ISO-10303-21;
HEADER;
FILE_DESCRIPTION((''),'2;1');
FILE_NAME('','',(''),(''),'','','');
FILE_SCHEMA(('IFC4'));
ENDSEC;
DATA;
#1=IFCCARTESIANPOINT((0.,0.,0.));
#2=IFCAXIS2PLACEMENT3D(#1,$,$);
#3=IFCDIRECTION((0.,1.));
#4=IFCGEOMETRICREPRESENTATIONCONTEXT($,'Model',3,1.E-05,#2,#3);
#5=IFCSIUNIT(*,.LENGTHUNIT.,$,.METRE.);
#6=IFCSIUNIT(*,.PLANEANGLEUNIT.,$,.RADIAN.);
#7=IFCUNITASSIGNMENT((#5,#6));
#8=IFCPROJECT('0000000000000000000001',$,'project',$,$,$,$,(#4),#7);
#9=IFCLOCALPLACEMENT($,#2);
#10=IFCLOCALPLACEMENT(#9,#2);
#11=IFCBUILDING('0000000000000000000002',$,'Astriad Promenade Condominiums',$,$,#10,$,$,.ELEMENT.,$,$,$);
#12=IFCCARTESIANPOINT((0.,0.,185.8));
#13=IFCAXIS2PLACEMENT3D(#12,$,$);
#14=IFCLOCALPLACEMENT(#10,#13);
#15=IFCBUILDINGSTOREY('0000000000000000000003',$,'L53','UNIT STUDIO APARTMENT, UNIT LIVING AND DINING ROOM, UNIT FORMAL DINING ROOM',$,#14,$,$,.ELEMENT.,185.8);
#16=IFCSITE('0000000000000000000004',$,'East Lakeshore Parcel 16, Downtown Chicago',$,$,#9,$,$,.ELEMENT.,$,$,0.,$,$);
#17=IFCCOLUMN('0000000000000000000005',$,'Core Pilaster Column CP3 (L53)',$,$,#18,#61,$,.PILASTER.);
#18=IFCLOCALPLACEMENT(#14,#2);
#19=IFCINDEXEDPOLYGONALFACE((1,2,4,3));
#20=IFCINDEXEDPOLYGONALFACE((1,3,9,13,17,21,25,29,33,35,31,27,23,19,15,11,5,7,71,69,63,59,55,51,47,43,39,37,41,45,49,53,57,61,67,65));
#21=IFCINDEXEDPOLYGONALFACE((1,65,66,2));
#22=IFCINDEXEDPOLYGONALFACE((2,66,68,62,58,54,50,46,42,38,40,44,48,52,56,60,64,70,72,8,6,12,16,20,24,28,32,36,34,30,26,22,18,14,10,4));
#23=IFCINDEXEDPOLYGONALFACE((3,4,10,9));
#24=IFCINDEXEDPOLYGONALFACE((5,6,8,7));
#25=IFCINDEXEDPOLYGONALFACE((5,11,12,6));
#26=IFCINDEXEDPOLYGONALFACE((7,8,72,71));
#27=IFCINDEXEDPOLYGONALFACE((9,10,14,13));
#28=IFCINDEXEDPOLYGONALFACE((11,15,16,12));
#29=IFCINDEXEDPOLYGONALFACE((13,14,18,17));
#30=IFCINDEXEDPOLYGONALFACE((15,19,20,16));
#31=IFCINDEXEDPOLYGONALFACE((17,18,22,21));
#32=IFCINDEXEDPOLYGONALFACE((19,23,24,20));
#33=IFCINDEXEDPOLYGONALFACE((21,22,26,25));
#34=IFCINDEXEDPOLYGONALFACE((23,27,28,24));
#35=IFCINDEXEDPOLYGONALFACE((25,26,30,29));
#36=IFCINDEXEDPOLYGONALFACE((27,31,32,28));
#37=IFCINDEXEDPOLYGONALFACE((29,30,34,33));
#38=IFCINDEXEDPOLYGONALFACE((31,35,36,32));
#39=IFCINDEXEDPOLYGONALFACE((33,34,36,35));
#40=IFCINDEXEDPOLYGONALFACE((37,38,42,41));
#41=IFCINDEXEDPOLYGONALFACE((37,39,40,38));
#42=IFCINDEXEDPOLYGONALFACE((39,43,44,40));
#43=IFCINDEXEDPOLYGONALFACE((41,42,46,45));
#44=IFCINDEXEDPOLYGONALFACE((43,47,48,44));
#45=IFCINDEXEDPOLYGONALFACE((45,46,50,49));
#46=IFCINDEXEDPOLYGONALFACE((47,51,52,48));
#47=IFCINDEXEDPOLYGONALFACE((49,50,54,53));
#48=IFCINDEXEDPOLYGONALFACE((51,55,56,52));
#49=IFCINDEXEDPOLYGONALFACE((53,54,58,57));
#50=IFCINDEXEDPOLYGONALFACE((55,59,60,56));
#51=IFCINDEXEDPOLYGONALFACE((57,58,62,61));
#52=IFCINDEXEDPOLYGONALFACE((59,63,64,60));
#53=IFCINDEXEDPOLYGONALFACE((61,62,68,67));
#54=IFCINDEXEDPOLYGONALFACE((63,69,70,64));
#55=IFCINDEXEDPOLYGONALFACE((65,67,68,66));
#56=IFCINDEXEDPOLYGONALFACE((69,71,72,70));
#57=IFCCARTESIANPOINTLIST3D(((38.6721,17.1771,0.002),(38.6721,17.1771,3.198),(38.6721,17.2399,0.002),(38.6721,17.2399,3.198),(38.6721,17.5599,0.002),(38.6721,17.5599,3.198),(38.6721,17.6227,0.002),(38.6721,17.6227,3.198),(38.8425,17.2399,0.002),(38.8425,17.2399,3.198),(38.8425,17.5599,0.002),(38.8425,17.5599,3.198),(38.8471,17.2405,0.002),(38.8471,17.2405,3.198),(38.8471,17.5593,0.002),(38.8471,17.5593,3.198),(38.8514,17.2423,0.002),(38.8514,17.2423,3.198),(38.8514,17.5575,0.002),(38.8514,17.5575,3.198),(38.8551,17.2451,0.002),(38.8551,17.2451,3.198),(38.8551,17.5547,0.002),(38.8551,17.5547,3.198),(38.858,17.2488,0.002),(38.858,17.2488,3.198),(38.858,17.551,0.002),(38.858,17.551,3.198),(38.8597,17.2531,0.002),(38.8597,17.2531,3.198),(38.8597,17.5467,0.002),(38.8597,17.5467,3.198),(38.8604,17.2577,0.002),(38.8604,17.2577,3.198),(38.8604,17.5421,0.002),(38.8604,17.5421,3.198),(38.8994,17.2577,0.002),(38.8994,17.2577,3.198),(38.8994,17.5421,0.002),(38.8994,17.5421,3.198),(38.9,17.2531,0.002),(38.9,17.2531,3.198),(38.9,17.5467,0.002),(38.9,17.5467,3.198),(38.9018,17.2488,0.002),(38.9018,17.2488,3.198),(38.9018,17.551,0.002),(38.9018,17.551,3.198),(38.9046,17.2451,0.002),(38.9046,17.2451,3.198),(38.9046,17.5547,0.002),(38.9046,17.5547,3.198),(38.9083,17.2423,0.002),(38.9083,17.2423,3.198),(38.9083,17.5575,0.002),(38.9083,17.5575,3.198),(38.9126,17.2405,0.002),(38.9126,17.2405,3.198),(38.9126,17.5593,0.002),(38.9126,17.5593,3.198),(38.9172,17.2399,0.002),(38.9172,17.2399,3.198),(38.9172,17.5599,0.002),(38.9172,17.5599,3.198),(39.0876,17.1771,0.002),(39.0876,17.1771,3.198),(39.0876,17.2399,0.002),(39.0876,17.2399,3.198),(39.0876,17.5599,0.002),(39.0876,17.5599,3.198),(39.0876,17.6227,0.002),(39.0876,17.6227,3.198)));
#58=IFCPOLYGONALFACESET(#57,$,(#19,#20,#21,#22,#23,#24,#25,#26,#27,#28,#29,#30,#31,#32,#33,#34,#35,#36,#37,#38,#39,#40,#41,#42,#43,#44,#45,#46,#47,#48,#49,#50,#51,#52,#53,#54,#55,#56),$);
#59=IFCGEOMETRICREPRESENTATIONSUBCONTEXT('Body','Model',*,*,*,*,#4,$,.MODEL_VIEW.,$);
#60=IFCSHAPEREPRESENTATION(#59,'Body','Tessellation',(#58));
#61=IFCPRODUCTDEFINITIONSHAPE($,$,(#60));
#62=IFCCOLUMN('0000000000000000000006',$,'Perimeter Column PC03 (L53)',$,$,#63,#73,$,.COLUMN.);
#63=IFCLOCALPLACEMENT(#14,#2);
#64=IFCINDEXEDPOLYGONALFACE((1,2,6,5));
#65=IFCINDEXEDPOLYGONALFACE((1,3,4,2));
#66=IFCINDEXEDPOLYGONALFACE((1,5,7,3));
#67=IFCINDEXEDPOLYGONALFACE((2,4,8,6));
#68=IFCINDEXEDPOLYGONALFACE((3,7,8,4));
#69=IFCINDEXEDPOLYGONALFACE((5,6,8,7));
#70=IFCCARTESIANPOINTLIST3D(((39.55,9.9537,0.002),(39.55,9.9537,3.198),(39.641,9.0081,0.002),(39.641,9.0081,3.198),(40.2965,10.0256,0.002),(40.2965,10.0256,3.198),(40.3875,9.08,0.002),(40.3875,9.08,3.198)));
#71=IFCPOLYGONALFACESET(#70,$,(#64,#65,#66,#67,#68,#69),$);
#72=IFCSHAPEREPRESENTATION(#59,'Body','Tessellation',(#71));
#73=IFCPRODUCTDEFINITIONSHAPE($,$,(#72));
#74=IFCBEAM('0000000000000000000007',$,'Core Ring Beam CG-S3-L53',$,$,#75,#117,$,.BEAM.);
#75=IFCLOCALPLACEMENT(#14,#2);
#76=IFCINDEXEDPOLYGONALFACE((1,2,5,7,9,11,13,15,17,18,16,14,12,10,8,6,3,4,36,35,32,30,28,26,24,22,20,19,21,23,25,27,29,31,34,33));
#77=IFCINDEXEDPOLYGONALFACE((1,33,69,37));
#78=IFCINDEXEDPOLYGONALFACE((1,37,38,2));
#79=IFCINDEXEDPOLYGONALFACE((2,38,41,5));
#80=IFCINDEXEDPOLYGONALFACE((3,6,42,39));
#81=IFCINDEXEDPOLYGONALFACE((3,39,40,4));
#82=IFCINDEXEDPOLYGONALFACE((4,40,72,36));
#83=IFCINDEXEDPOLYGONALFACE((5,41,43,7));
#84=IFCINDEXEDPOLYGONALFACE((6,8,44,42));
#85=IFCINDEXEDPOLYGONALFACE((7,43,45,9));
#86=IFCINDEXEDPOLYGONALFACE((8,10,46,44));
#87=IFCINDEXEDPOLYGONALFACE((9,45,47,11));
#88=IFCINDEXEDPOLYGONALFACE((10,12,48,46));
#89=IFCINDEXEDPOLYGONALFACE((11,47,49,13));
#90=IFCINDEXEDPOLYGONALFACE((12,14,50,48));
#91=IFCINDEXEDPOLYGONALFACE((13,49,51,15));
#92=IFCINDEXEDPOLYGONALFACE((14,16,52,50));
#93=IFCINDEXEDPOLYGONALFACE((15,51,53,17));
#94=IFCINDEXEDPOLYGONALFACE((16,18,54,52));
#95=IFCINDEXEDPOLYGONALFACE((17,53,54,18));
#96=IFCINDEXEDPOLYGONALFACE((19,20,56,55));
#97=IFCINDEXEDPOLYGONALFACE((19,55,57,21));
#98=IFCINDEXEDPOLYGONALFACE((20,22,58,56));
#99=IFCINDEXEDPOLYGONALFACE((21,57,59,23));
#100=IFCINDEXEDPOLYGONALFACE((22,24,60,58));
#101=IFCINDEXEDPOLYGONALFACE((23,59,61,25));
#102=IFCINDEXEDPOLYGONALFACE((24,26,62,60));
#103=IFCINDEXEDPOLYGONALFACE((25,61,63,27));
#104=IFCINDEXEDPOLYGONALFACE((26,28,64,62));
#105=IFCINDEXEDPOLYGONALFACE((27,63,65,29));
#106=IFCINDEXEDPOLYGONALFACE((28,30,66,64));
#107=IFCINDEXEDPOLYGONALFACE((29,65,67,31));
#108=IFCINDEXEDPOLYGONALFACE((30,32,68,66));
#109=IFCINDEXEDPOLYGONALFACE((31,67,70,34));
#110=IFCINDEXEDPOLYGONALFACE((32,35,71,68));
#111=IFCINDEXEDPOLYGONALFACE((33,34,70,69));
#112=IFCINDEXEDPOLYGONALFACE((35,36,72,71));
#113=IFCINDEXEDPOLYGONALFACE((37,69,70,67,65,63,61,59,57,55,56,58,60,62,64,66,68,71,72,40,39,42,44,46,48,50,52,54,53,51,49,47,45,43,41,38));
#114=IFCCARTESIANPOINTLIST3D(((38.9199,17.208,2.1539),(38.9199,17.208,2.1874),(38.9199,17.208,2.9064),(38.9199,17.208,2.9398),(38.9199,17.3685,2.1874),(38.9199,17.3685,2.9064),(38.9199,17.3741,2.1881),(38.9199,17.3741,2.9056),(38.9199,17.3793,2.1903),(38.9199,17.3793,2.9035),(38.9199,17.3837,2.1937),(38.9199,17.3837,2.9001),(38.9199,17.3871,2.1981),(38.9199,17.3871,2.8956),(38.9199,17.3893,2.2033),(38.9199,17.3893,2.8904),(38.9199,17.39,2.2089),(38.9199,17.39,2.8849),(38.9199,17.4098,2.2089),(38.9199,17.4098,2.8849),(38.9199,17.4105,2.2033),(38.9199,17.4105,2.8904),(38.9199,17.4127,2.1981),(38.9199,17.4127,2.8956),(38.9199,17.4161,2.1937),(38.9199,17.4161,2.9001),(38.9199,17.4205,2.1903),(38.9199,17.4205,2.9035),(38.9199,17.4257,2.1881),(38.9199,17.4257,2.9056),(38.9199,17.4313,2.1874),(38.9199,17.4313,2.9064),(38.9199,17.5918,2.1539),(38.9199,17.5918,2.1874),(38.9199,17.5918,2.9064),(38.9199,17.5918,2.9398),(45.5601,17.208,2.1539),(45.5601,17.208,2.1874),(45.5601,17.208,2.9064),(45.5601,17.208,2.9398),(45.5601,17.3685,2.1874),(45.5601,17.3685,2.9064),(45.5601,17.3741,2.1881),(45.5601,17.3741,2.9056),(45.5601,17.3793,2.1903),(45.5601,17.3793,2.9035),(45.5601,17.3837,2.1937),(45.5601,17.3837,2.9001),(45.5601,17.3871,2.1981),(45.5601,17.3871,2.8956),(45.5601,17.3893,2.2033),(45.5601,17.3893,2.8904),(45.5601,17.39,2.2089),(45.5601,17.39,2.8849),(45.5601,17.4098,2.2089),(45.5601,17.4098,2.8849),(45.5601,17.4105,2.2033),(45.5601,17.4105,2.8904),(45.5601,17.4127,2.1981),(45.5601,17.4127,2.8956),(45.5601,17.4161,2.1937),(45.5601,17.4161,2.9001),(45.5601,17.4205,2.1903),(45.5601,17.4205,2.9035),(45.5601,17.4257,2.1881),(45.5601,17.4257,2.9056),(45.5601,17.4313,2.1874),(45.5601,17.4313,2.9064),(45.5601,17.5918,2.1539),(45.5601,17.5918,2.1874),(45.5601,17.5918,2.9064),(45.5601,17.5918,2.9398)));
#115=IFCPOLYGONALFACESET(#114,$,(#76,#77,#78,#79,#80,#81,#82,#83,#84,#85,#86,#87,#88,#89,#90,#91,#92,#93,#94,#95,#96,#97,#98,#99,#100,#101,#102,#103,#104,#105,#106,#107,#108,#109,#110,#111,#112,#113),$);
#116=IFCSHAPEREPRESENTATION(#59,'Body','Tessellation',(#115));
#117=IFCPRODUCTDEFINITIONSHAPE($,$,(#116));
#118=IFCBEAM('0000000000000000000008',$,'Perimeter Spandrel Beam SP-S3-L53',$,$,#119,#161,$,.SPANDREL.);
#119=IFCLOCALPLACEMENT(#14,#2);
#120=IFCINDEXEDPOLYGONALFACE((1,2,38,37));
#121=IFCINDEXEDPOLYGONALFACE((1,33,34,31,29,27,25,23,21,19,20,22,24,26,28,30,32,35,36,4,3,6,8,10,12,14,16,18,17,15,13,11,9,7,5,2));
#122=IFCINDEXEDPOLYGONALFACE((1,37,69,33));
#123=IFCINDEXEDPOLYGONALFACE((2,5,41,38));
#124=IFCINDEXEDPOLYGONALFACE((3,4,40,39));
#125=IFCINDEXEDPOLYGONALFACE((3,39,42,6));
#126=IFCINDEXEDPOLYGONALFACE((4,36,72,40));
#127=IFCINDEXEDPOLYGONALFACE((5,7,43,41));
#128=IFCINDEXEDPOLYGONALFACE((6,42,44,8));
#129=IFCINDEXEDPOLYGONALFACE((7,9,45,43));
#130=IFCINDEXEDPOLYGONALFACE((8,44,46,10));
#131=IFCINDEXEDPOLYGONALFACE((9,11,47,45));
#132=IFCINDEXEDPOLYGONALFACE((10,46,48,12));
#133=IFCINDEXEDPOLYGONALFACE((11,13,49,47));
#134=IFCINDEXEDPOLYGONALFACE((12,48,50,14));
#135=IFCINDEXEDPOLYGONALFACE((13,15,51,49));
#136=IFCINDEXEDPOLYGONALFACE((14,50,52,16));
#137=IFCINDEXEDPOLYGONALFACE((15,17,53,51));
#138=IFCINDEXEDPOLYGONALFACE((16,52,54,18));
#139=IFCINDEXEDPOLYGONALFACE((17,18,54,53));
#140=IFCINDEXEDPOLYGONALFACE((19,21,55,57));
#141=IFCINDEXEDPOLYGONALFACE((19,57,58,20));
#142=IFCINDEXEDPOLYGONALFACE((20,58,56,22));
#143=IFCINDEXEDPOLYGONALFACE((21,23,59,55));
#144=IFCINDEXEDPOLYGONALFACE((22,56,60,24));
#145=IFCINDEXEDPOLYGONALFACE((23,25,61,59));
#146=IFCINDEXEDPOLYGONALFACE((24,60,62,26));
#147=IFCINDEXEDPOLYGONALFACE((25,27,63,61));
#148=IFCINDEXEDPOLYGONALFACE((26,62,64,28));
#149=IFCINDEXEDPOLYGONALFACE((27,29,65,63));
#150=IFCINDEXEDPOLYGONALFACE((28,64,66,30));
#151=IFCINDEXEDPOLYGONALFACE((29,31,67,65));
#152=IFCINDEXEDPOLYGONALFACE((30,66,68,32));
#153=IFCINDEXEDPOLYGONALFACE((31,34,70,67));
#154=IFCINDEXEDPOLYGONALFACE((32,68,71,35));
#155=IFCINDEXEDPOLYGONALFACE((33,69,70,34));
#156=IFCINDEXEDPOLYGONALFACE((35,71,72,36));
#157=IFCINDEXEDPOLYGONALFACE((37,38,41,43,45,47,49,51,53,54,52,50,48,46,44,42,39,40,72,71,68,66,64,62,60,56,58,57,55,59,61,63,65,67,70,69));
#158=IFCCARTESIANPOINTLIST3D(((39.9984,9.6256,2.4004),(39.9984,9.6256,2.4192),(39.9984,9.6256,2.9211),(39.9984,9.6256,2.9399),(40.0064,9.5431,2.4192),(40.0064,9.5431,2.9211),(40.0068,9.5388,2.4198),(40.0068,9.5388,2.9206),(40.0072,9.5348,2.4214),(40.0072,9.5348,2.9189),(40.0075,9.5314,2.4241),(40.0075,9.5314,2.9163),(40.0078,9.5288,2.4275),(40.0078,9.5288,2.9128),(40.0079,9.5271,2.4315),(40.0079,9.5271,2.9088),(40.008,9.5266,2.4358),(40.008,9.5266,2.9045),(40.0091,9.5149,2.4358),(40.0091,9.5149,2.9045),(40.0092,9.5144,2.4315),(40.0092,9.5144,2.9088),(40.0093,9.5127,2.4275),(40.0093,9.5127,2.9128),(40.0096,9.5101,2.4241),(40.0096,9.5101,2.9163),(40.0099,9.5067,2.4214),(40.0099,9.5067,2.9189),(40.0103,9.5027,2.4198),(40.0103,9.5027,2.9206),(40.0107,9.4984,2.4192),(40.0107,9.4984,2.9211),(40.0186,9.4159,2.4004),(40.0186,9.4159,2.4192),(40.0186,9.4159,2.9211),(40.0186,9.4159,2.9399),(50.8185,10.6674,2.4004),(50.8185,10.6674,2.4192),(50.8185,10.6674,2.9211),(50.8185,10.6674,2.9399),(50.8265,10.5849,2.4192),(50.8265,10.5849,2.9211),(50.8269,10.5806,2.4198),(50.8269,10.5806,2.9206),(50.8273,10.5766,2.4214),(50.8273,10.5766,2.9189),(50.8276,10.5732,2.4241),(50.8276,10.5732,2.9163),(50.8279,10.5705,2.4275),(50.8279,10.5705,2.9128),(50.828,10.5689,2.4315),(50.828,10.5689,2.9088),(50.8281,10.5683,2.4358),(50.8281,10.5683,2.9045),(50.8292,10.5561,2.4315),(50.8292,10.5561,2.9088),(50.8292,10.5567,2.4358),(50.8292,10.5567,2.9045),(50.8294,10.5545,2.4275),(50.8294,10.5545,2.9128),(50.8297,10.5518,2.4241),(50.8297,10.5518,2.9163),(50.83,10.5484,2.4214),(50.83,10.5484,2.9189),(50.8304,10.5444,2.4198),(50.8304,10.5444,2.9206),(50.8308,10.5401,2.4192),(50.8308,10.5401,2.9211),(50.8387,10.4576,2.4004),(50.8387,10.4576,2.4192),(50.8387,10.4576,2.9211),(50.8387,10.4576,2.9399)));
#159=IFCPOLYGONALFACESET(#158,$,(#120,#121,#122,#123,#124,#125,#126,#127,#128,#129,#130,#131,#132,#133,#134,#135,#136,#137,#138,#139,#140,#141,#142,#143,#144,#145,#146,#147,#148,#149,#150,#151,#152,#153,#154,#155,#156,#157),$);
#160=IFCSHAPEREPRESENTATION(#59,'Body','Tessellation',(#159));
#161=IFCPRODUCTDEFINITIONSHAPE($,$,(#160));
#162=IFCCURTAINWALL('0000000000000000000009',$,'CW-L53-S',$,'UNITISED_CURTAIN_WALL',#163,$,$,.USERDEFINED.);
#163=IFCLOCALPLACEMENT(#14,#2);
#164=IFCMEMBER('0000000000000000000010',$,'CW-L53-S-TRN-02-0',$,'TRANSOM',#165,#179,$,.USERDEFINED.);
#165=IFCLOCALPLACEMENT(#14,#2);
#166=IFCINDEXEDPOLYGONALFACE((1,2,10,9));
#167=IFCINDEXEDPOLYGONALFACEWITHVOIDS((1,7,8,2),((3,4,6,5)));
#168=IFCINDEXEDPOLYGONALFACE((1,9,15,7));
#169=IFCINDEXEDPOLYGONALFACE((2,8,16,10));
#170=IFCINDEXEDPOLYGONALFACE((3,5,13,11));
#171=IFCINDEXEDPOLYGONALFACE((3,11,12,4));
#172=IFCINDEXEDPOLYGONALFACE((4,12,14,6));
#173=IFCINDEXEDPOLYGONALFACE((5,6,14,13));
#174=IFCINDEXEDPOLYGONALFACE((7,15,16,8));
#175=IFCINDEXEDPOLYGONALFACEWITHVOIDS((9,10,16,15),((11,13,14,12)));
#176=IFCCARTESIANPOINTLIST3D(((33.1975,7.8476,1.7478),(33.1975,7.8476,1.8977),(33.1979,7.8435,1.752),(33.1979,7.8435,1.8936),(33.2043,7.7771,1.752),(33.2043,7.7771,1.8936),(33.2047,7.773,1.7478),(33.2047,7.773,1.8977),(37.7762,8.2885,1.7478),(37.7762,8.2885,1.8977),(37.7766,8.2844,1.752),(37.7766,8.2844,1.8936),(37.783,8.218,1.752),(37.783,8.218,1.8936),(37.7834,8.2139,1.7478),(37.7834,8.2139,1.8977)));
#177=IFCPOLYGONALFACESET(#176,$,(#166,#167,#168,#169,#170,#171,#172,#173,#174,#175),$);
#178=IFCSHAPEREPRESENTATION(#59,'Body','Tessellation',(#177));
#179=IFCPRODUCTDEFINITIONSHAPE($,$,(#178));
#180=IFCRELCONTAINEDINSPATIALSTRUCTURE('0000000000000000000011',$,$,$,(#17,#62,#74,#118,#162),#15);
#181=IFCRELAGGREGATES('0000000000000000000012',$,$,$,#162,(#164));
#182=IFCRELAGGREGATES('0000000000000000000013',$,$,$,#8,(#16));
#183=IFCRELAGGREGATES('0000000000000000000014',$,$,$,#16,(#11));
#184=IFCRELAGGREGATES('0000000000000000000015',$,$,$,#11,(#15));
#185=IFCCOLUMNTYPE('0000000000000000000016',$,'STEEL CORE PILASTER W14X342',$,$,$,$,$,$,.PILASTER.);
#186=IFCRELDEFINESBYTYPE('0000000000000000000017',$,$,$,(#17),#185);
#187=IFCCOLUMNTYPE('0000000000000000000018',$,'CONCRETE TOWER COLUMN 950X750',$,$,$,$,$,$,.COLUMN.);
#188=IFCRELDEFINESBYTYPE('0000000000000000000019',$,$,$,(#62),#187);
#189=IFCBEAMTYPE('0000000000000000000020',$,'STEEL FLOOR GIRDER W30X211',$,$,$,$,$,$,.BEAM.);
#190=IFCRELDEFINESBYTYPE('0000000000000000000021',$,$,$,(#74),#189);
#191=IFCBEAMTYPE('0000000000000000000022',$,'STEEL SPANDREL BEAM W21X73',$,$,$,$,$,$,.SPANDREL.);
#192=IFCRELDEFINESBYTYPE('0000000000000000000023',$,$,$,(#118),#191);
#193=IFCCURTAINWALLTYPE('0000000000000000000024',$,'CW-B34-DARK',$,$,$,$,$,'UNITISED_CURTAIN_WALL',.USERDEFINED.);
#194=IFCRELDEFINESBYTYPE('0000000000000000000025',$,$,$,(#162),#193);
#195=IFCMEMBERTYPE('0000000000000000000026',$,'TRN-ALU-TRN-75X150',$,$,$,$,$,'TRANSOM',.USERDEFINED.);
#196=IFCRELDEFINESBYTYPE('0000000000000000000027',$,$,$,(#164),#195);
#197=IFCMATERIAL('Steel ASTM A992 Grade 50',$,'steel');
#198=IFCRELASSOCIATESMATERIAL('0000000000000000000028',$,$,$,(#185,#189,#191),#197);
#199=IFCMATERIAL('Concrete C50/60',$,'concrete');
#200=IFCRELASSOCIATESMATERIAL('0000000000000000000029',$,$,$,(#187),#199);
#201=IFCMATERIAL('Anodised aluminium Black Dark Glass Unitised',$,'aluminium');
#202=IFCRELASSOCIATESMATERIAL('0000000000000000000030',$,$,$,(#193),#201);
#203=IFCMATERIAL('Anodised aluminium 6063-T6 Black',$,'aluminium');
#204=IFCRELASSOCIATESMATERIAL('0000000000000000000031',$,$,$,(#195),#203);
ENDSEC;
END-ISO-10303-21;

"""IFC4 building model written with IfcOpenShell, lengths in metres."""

from ifc_helpers import new_model, si_unit, direction, frame, origin, origin_2d, place, context, subcontext, project, spatial, rectangle, hollow_rectangle, i_section, extrude, source, transform, mapped, material, material_profile, profile_set, type_object, type_shapes, element, aggregate, save


model = new_model("IFC4")

# Units and contexts
model_context = context("Model", 3, precision=1e-05, world=origin(), true_north=direction((0.0, 1.0)))
body_context = subcontext(model_context, "Body", "Model", "MODEL_VIEW")
ifc_project = project(units=[si_unit("LENGTHUNIT", "METRE"), si_unit("PLANEANGLEUNIT", "RADIAN")], contexts=[model_context])

# Site, building, storey
site_placement = place(None, origin())
site = spatial("IfcSite", under=ifc_project, at=site_placement, Name="East Lakeshore Parcel 16, Downtown Chicago", CompositionType="ELEMENT", RefElevation=0.0)
building_placement = place(site_placement, origin())
building = spatial("IfcBuilding", under=site, at=building_placement, Name="Astriad Promenade Condominiums", CompositionType="ELEMENT")
storey_placement = place(building_placement, frame((0.0, 0.0, 185.8)))
storey = spatial("IfcBuildingStorey", under=building, at=storey_placement, Name="L53", Description="UNIT STUDIO APARTMENT, UNIT LIVING AND DINING ROOM, UNIT FORMAL DINING ROOM", CompositionType="ELEMENT", Elevation=185.8)

# Columns
ifc_material_1 = material(Name="Steel ASTM A992 Grade 50", Category="steel")
ifc_material_profile_1 = material_profile(ifc_material_1, i_section(OverallWidth=0.4155, OverallDepth=0.4456, WebThickness=0.0391, FlangeThickness=0.0627, FilletRadius=0.0178, at=origin_2d()), Name="W14X342")
ifc_profile_set_1 = profile_set([ifc_material_profile_1], Name="Steel ASTM A992 Grade 50")
column_type_1 = type_object("IfcColumnType", Name="STEEL CORE PILASTER W14X342", PredefinedType="PILASTER", material=ifc_profile_set_1)
shared_shape_1 = source(origin(), body_context, "Body", "SweptSolid", [
    extrude(i_section(OverallWidth=0.4155, OverallDepth=0.4456, WebThickness=0.0391, FlangeThickness=0.0627, FilletRadius=0.0178, at=origin_2d()), origin(), (0.0, 0.0, 1.0), 3.196),
])
type_shapes(column_type_1, [shared_shape_1])
column_1_placement = place(storey_placement, frame((38.8799, 17.3999, 0.002), z_axis=(0.0, 0.0, 1.0), x_axis=(1.0, 0.0, 0.0)))
element("IfcColumn", 1, at=column_1_placement, inside=storey, type_object=column_type_1, Name="Core Pilaster Column CP3 (L53)", PredefinedType="PILASTER", context=body_context, shape_type="MappedRepresentation", body=[
    mapped(shared_shape_1, transform((0.0, 0.0, 0.0), scale=1.0)),
])
ifc_material_2 = material(Name="Concrete C50/60", Category="concrete")
ifc_material_profile_2 = material_profile(ifc_material_2, rectangle(XDim=0.75, YDim=0.95, at=origin_2d()), Name="RC-COL-950X750")
ifc_profile_set_2 = profile_set([ifc_material_profile_2], Name="Concrete C50/60")
column_type_2 = type_object("IfcColumnType", Name="CONCRETE TOWER COLUMN 950X750", PredefinedType="COLUMN", material=ifc_profile_set_2)
shared_shape_2 = source(origin(), body_context, "Body", "SweptSolid", [
    extrude(rectangle(XDim=0.75, YDim=0.95, at=origin_2d()), origin(), (0.0, 0.0, 1.0), 3.196),
])
type_shapes(column_type_2, [shared_shape_2])
column_2_placement = place(storey_placement, frame((39.9688, 9.5168, 0.002), z_axis=(0.0, 0.0, 1.0), x_axis=(0.995396, 0.095846, 0.0)))
element("IfcColumn", 2, at=column_2_placement, inside=storey, type_object=column_type_2, Name="Perimeter Column PC03 (L53)", PredefinedType="COLUMN", context=body_context, shape_type="MappedRepresentation", body=[
    mapped(shared_shape_2, transform((0.0, 0.0, 0.0), scale=1.0)),
])

# Beams
ifc_material_profile_3 = material_profile(ifc_material_1, i_section(OverallWidth=0.3838, OverallDepth=0.7859, WebThickness=0.0198, FlangeThickness=0.0334, FilletRadius=0.0215, at=origin_2d()), Name="W30X211")
ifc_profile_set_3 = profile_set([ifc_material_profile_3], Name="Steel ASTM A992 Grade 50")
beam_type_1 = type_object("IfcBeamType", Name="STEEL FLOOR GIRDER W30X211", PredefinedType="BEAM", material=ifc_profile_set_3)
shared_shape_3 = source(origin(), body_context, "Body", "SweptSolid", [
    extrude(i_section(OverallWidth=0.3838, OverallDepth=0.7859, WebThickness=0.0198, FlangeThickness=0.0334, FilletRadius=0.0215, at=origin_2d()), origin(), (0.0, 0.0, 1.0), 6.6401),
])
type_shapes(beam_type_1, [shared_shape_3])
beam_1_placement = place(storey_placement, frame((38.9199, 17.3999, 2.5469), z_axis=(1.0, 0.0, 0.0), x_axis=(0.0, 1.0, 0.0)))
element("IfcBeam", 3, at=beam_1_placement, inside=storey, type_object=beam_type_1, Name="Core Ring Beam CG-S3-L53", PredefinedType="BEAM", context=body_context, shape_type="MappedRepresentation", body=[
    mapped(shared_shape_3, transform((0.0, 0.0, 0.0), scale=1.0)),
])
ifc_material_profile_4 = material_profile(ifc_material_1, i_section(OverallWidth=0.2107, OverallDepth=0.5396, WebThickness=0.0117, FlangeThickness=0.0188, FilletRadius=0.0166, at=origin_2d()), Name="W21X73")
ifc_profile_set_4 = profile_set([ifc_material_profile_4], Name="Steel ASTM A992 Grade 50")
beam_type_2 = type_object("IfcBeamType", Name="STEEL SPANDREL BEAM W21X73", PredefinedType="SPANDREL", material=ifc_profile_set_4)
shared_shape_4 = source(origin(), body_context, "Body", "SweptSolid", [
    extrude(i_section(OverallWidth=0.2107, OverallDepth=0.5396, WebThickness=0.0117, FlangeThickness=0.0188, FilletRadius=0.0166, at=origin_2d()), origin(), (0.0, 0.0, 1.0), 10.8701),
])
type_shapes(beam_type_2, [shared_shape_4])
beam_2_placement = place(storey_placement, frame((40.0085, 9.5208, 2.6702), z_axis=(0.995397, 0.095836, 0.0), x_axis=(-0.095836, 0.995397, 0.0)))
element("IfcBeam", 4, at=beam_2_placement, inside=storey, type_object=beam_type_2, Name="Perimeter Spandrel Beam SP-S3-L53", PredefinedType="SPANDREL", context=body_context, shape_type="MappedRepresentation", body=[
    mapped(shared_shape_4, transform((0.0, 0.0, 0.0), scale=1.0)),
])

# Curtain wall, member
ifc_material_3 = material(Name="Anodised aluminium Black Dark Glass Unitised", Category="aluminium")
curtain_wall_type = type_object("IfcCurtainWallType", Name="CW-B34-DARK", ElementType="UNITISED_CURTAIN_WALL", PredefinedType="USERDEFINED", material=ifc_material_3)
curtain_wall_placement = place(storey_placement, origin())
curtain_wall = element("IfcCurtainWall", 5, at=curtain_wall_placement, inside=storey, type_object=curtain_wall_type, Name="CW-L53-S", ObjectType="UNITISED_CURTAIN_WALL", PredefinedType="USERDEFINED")
ifc_material_4 = material(Name="Anodised aluminium 6063-T6 Black", Category="aluminium")
ifc_material_profile_5 = material_profile(ifc_material_4, hollow_rectangle(XDim=0.075, YDim=0.1499, WallThickness=0.0042, at=origin_2d()), Name="ALU-TRN-75X150")
ifc_profile_set_5 = profile_set([ifc_material_profile_5], Name="Anodised aluminium 6063-T6 Black")
member_type = type_object("IfcMemberType", Name="TRN-ALU-TRN-75X150", ElementType="TRANSOM", PredefinedType="USERDEFINED", material=ifc_profile_set_5)
shared_shape_5 = source(origin(), body_context, "Body", "SweptSolid", [
    extrude(hollow_rectangle(XDim=0.075, YDim=0.1499, WallThickness=0.0042, at=origin_2d()), origin(), (0.0, 0.0, 1.0), 4.5999),
])
type_shapes(member_type, [shared_shape_5])
member_placement = place(storey_placement, frame((37.7798, 8.2512, 1.8228), z_axis=(-0.995395, -0.095856, 0.0), x_axis=(0.095856, -0.995395, 0.0)))
member = element("IfcMember", 6, at=member_placement, type_object=member_type, Name="CW-L53-S-TRN-02-0", ObjectType="TRANSOM", PredefinedType="USERDEFINED", context=body_context, shape_type="MappedRepresentation", body=[
    mapped(shared_shape_5, transform((0.0, 0.0, 0.0), scale=1.0)),
])
aggregate(curtain_wall, [member])

save(model, "model.ifc")
